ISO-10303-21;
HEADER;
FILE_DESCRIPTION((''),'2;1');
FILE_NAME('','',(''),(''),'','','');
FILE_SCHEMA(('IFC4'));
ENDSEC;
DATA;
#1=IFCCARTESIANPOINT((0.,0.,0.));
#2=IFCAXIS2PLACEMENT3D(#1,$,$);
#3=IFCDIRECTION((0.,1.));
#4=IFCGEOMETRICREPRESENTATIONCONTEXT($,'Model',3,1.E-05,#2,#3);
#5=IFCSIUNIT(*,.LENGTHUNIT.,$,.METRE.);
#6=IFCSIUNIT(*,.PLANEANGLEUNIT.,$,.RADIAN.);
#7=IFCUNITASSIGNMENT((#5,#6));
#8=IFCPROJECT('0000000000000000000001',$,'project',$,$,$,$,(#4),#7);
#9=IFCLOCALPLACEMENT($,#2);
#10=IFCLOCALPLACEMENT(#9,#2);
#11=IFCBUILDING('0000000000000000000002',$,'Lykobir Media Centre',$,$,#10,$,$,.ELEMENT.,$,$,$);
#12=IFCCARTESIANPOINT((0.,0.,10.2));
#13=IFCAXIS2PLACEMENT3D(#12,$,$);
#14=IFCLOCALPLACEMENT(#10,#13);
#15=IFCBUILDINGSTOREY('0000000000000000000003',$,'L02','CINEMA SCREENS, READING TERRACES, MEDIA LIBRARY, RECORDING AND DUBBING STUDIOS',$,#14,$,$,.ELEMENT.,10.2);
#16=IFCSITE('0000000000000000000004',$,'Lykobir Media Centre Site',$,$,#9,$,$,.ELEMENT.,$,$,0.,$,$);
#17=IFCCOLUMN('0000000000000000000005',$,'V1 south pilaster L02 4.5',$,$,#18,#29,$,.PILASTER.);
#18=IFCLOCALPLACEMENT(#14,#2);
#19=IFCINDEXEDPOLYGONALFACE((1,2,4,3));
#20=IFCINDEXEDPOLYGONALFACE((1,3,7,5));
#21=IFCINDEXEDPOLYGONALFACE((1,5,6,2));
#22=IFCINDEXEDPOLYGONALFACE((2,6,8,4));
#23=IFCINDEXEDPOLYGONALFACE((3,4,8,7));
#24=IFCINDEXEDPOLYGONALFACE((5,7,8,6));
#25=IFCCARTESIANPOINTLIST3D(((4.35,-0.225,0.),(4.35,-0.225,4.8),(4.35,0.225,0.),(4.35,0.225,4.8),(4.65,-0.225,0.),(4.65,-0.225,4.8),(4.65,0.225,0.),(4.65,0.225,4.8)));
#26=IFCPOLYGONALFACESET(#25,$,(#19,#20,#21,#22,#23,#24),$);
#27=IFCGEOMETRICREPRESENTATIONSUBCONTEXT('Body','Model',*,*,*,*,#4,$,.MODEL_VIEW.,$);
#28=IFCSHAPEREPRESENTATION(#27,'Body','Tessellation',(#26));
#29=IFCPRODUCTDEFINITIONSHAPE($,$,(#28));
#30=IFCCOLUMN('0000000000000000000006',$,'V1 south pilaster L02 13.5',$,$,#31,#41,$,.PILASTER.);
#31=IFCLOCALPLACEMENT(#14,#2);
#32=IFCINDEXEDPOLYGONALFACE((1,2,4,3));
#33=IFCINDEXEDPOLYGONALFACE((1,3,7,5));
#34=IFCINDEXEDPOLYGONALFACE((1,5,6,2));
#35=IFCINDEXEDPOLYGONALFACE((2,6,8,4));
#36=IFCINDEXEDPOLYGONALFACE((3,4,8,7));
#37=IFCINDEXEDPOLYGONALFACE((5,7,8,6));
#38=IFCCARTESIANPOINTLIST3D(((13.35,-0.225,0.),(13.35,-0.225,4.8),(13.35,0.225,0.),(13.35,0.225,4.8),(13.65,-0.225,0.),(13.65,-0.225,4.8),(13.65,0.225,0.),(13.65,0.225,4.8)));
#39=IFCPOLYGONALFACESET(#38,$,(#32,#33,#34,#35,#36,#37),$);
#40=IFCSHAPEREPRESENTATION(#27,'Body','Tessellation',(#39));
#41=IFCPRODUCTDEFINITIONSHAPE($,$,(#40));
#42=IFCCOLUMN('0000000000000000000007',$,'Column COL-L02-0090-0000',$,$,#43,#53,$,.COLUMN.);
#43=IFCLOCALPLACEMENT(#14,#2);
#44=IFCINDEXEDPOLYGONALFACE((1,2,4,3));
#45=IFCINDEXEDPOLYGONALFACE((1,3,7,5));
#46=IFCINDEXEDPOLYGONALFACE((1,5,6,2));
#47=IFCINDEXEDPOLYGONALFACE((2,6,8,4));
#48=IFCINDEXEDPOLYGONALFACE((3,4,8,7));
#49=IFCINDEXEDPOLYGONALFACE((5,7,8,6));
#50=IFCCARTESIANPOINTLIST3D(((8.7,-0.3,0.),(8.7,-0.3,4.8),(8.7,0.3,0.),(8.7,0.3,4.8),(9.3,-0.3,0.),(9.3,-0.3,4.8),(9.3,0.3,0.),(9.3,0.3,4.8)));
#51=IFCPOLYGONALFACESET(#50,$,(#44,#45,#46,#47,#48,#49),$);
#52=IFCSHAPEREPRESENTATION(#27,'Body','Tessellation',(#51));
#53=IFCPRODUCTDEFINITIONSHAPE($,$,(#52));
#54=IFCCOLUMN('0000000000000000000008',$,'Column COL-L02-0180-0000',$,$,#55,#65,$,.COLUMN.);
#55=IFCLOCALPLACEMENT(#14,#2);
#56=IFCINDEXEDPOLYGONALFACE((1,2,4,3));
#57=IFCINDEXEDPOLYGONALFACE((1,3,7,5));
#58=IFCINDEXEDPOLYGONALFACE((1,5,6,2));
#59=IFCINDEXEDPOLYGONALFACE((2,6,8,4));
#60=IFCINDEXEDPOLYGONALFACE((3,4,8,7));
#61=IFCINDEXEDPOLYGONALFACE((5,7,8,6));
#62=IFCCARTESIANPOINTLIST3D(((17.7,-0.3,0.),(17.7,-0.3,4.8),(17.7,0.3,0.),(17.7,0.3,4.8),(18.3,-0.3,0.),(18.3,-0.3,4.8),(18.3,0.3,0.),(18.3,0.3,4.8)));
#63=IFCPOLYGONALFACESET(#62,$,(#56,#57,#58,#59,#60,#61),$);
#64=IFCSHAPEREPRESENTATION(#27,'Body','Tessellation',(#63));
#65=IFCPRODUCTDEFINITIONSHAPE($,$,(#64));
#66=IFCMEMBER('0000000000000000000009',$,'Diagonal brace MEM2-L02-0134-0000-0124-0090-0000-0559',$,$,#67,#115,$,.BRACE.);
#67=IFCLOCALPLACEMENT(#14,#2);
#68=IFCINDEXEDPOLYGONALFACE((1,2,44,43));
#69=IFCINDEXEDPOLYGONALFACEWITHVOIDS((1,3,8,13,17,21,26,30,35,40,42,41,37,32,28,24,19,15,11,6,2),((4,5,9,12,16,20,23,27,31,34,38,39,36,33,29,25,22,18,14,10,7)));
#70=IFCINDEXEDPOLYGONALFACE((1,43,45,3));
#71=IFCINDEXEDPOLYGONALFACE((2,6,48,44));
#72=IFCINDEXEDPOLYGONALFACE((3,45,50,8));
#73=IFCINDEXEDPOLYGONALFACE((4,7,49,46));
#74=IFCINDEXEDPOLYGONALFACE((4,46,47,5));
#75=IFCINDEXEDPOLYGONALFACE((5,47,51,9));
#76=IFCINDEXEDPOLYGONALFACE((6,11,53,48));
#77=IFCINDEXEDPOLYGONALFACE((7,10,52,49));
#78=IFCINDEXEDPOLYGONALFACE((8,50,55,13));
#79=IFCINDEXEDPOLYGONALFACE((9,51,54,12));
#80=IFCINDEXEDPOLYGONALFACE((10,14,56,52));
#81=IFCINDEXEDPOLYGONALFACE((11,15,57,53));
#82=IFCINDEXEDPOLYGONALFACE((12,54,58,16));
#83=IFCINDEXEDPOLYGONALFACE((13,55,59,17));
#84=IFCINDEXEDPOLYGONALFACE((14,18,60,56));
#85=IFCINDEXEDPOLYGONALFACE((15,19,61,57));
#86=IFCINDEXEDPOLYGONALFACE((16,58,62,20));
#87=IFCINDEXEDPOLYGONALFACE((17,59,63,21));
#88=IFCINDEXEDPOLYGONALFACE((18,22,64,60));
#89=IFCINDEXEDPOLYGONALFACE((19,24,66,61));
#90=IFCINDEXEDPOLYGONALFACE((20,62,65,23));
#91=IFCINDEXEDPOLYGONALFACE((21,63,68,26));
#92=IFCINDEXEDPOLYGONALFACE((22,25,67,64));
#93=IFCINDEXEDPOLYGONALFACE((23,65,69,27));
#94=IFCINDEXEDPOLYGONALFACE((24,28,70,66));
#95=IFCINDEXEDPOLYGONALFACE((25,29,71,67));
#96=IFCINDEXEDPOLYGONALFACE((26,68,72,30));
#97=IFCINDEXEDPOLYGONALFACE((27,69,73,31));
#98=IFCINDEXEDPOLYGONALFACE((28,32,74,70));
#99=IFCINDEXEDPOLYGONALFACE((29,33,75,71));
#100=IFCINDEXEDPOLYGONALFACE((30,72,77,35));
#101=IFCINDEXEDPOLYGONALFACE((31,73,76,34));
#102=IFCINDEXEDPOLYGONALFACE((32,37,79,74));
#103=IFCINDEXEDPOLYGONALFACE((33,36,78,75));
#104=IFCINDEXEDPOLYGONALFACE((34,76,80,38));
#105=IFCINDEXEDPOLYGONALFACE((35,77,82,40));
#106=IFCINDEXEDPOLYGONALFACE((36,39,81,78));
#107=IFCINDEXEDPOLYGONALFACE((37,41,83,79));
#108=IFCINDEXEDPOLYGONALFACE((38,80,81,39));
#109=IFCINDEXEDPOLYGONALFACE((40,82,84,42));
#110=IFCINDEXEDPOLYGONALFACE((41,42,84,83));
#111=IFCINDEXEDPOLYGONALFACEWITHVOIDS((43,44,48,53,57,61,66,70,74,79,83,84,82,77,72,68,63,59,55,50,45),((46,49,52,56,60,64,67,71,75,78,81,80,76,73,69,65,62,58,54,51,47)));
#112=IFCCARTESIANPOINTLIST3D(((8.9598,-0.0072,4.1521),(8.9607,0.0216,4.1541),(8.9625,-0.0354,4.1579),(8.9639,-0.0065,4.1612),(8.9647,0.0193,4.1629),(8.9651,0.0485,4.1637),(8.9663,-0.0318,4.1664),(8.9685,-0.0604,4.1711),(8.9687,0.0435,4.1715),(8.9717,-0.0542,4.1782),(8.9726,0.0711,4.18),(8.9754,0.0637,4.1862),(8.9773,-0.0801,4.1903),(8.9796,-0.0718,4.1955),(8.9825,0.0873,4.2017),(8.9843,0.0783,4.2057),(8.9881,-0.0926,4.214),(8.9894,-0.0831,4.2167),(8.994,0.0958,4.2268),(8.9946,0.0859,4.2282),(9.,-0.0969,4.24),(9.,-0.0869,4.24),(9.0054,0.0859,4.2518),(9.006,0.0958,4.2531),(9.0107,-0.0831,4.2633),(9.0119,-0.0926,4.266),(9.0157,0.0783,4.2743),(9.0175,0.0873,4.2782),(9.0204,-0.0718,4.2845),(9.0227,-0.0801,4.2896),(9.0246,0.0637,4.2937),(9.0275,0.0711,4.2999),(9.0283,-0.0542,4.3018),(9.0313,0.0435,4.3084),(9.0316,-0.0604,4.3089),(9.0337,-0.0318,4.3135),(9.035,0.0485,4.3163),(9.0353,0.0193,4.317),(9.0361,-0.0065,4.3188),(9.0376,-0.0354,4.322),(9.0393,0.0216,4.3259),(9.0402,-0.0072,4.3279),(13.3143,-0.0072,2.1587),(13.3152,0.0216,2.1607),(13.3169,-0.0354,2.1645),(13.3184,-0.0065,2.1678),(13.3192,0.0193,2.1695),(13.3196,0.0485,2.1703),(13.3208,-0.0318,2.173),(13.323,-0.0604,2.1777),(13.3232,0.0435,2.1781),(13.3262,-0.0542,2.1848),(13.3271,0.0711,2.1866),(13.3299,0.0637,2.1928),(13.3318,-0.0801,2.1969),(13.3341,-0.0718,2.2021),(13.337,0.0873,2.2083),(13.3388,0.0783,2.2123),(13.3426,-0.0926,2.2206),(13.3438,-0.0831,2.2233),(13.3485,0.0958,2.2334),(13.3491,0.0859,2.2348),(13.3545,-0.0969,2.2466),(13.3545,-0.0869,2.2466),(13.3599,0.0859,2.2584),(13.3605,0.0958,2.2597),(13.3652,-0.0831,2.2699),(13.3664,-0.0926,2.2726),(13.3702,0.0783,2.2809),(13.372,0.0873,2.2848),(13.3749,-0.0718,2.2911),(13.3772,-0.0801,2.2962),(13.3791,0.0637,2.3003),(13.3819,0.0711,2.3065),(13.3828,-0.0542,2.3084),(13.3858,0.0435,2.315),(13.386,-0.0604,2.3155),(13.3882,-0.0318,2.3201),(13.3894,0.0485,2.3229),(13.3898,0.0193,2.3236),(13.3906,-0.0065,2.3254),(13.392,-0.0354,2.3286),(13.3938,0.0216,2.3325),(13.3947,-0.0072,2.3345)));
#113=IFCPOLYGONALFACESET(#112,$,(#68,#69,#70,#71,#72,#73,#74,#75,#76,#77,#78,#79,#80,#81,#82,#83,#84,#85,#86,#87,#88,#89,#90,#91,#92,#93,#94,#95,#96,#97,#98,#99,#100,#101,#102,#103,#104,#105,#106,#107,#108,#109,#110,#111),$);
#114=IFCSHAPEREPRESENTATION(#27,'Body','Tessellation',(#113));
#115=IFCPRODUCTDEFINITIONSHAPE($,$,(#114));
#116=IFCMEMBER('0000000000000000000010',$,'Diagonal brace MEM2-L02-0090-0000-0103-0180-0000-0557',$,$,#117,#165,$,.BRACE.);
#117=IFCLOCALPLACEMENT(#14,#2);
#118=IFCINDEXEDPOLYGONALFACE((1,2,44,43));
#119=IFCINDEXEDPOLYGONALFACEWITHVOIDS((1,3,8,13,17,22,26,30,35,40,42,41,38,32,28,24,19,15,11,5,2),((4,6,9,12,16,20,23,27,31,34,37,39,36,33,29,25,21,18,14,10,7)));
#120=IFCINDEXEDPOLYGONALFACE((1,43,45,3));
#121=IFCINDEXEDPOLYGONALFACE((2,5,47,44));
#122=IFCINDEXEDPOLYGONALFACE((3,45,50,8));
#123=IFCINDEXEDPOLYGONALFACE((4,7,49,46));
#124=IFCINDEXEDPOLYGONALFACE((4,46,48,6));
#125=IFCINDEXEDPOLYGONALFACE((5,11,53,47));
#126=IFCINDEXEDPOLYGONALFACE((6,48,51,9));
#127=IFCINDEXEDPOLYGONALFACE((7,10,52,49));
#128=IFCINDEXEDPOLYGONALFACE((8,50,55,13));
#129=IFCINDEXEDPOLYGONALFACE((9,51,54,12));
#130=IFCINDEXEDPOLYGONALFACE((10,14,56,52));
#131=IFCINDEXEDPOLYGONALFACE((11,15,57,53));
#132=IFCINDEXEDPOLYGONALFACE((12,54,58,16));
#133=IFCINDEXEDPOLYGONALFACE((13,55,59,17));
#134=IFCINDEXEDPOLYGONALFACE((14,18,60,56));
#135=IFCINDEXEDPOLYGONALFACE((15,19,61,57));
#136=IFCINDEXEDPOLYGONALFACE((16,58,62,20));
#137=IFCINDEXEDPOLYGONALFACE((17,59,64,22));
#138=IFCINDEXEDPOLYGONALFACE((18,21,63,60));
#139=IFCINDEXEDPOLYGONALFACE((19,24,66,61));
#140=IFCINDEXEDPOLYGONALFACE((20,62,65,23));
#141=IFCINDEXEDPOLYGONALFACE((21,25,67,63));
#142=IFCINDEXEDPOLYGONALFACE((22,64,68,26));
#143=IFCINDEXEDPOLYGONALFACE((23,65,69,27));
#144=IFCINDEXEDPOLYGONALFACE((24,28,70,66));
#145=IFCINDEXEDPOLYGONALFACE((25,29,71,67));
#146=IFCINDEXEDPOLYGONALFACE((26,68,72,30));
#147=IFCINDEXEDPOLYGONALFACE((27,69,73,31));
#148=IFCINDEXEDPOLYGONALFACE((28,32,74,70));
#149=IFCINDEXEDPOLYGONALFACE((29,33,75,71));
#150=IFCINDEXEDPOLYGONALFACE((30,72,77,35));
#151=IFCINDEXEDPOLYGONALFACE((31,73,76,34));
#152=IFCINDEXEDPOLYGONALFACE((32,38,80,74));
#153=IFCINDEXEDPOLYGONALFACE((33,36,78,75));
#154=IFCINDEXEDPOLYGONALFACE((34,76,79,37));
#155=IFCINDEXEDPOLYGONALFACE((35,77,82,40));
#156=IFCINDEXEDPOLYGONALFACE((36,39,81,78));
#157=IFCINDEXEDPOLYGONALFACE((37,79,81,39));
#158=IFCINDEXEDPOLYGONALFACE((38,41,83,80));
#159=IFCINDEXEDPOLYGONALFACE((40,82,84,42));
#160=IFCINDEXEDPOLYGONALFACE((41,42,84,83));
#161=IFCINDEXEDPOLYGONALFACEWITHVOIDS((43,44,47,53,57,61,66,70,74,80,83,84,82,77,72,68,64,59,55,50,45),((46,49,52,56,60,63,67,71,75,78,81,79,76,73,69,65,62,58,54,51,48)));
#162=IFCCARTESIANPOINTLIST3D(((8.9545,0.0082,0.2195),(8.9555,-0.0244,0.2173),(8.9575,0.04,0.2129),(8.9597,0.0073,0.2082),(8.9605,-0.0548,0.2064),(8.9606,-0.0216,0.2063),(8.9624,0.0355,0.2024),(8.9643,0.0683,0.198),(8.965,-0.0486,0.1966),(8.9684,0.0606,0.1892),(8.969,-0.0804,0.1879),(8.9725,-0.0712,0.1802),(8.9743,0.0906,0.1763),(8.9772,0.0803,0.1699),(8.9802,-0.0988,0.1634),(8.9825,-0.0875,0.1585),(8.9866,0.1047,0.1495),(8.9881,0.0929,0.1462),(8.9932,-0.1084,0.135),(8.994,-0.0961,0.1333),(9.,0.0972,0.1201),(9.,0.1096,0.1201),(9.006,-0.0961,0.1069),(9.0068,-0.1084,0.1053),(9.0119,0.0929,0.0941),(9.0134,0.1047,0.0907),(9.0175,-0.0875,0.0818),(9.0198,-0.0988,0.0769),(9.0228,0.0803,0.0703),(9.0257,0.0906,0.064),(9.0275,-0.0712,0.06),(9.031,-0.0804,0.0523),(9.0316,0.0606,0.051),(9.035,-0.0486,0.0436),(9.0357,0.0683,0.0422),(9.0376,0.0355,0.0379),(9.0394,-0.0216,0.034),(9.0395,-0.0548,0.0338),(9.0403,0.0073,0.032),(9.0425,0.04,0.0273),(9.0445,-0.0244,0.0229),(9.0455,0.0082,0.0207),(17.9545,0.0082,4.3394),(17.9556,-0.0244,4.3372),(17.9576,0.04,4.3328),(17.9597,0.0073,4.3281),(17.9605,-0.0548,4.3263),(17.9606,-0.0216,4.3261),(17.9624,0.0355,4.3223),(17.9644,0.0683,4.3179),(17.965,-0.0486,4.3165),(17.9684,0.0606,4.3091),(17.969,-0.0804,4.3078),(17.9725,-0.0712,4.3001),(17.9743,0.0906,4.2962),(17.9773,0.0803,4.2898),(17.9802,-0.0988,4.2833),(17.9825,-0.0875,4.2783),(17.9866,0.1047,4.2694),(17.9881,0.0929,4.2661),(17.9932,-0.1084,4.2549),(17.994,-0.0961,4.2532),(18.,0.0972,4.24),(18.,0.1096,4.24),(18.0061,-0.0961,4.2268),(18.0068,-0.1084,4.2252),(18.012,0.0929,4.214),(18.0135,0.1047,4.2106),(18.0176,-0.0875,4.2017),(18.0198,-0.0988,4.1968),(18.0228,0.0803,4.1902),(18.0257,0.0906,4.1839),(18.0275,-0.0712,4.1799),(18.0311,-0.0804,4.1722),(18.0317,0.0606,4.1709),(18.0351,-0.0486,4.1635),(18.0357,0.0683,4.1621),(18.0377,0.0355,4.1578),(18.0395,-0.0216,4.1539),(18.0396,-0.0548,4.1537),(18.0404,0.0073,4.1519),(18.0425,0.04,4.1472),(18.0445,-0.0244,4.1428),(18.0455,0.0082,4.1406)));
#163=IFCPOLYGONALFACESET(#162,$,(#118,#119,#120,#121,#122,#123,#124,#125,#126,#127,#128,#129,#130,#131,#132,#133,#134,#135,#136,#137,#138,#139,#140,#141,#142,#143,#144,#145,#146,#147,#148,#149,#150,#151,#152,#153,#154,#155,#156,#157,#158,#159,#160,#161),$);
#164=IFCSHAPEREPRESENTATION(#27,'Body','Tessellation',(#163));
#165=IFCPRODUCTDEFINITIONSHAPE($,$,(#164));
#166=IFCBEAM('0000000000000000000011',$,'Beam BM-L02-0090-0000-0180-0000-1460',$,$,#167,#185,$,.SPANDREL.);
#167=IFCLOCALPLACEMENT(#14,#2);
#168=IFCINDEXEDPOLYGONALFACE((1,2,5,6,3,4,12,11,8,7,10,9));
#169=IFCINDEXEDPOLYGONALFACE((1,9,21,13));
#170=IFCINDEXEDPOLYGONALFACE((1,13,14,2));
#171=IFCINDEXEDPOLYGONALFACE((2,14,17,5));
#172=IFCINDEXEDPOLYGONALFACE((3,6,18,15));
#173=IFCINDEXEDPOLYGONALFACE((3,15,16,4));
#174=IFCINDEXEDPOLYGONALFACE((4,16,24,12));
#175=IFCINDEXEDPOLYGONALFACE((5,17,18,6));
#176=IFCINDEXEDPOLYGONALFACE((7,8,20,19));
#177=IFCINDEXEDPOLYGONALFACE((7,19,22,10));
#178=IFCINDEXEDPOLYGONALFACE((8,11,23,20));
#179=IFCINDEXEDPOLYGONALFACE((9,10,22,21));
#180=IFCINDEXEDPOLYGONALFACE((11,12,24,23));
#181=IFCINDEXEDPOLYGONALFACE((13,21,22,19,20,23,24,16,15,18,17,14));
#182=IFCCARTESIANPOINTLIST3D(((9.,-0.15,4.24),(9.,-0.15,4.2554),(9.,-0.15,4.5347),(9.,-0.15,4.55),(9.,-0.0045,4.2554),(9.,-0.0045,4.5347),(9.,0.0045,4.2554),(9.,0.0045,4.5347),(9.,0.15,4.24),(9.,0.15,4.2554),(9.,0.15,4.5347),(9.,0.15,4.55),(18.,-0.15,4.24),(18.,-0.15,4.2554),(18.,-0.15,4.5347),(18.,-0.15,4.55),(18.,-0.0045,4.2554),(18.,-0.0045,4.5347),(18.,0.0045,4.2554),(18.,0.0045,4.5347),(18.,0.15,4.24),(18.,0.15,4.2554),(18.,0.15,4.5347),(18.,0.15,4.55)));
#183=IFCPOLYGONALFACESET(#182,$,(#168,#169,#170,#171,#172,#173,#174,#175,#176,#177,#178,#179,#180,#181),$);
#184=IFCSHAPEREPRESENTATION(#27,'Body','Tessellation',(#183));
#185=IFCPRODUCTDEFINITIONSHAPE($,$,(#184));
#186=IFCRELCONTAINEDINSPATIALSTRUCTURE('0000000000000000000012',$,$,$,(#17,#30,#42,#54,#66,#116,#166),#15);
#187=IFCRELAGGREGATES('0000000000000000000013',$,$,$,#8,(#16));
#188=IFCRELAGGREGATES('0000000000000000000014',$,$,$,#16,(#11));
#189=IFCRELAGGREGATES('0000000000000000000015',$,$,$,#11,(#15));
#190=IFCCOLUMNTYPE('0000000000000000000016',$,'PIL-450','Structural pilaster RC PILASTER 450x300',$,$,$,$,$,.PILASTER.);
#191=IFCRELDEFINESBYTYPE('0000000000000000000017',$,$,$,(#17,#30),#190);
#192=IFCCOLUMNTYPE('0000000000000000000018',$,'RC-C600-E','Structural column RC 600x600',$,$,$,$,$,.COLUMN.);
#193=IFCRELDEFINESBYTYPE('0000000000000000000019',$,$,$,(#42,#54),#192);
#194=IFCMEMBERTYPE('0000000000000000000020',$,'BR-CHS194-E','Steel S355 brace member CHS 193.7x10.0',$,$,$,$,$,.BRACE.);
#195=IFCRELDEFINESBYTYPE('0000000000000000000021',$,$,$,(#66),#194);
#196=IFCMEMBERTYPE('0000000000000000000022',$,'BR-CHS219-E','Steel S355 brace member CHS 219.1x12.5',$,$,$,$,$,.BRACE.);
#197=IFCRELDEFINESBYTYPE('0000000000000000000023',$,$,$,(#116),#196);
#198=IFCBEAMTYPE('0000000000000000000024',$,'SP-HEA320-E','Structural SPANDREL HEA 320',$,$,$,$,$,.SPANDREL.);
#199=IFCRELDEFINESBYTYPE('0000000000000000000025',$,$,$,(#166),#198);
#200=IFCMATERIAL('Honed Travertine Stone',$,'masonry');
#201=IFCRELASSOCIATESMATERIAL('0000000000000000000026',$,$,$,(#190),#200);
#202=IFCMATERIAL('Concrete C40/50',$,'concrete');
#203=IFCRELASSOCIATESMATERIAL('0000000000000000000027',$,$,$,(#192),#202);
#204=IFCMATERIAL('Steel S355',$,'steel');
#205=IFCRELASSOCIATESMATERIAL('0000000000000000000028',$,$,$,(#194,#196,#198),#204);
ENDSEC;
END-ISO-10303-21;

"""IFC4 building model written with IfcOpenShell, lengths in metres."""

from ifc_helpers import new_model, si_unit, direction, frame, origin, origin_2d, place, context, subcontext, project, spatial, rectangle, hollow_circle, i_section, extrude, material, material_profile, profile_set, type_object, element, save


model = new_model("IFC4")

# Units and contexts
model_context = context("Model", 3, precision=1e-05, world=origin(), true_north=direction((0.0, 1.0)))
body_context = subcontext(model_context, "Body", "Model", "MODEL_VIEW")
ifc_project = project(units=[si_unit("LENGTHUNIT", "METRE"), si_unit("PLANEANGLEUNIT", "RADIAN")], contexts=[model_context])

# Site, building, storey
site_placement = place(None, origin())
site = spatial("IfcSite", under=ifc_project, at=site_placement, Name="Lykobir Media Centre Site", CompositionType="ELEMENT", RefElevation=0.0)
building_placement = place(site_placement, origin())
building = spatial("IfcBuilding", under=site, at=building_placement, Name="Lykobir Media Centre", CompositionType="ELEMENT")
storey_placement = place(building_placement, frame((0.0, 0.0, 10.2)))
storey = spatial("IfcBuildingStorey", under=building, at=storey_placement, Name="L02", Description="CINEMA SCREENS, READING TERRACES, MEDIA LIBRARY, RECORDING AND DUBBING STUDIOS", CompositionType="ELEMENT", Elevation=10.2)

# Columns
ifc_material_1 = material(Name="Honed Travertine Stone", Category="masonry")
ifc_material_profile_1 = material_profile(ifc_material_1, rectangle(XDim=0.3, YDim=0.45, at=origin_2d()), Name="RC PILASTER 450x300")
ifc_profile_set_1 = profile_set([ifc_material_profile_1], Name="Honed Travertine Stone")
column_type_1 = type_object("IfcColumnType", Name="PIL-450", Description="Structural pilaster RC PILASTER 450x300", PredefinedType="PILASTER", material=ifc_profile_set_1)
for number, where, z_axis, x_axis, name in (
    (1, (4.5, 0.0, 0.0), (0.0, 0.0, 1.0), (1.0, 0.0, 0.0), "V1 south pilaster L02 4.5"),
    (2, (13.5, 0.0, 0.0), (0.0, 0.0, 1.0), (1.0, 0.0, 0.0), "V1 south pilaster L02 13.5"),
):
    element("IfcColumn", number, at=place(storey_placement, frame(where, z_axis=z_axis, x_axis=x_axis)), inside=storey, type_object=column_type_1, Name=name, PredefinedType="PILASTER", context=body_context, shape_type="SweptSolid", body=[
        extrude(rectangle(XDim=0.3, YDim=0.45, at=origin_2d()), origin(), (0.0, 0.0, 1.0), 4.8),
    ])
ifc_material_2 = material(Name="Concrete C40/50", Category="concrete")
ifc_material_profile_2 = material_profile(ifc_material_2, rectangle(XDim=0.6001, YDim=0.6001, at=origin_2d()), Name="RC 600x600")
ifc_profile_set_2 = profile_set([ifc_material_profile_2], Name="Concrete C40/50")
column_type_2 = type_object("IfcColumnType", Name="RC-C600-E", Description="Structural column RC 600x600", PredefinedType="COLUMN", material=ifc_profile_set_2)
for number, where, z_axis, x_axis, name in (
    (3, (9.0, 0.0, 0.0), (0.0, 0.0, 1.0), (1.0, 0.0, 0.0), "Column COL-L02-0090-0000"),
    (4, (18.0, 0.0, 0.0), (0.0, 0.0, 1.0), (1.0, 0.0, 0.0), "Column COL-L02-0180-0000"),
):
    element("IfcColumn", number, at=place(storey_placement, frame(where, z_axis=z_axis, x_axis=x_axis)), inside=storey, type_object=column_type_2, Name=name, PredefinedType="COLUMN", context=body_context, shape_type="SweptSolid", body=[
        extrude(rectangle(XDim=0.6001, YDim=0.6001, at=origin_2d()), origin(), (0.0, 0.0, 1.0), 4.8),
    ])

# Members
ifc_material_3 = material(Name="Steel S355", Category="steel")
ifc_material_profile_3 = material_profile(ifc_material_3, hollow_circle(Radius=0.0969, WallThickness=0.01, at=origin_2d()), Name="CHS 193.7x10.0")
ifc_profile_set_3 = profile_set([ifc_material_profile_3], Name="Steel S355")
member_type_1 = type_object("IfcMemberType", Name="BR-CHS194-E", Description="Steel S355 brace member CHS 193.7x10.0", PredefinedType="BRACE", material=ifc_profile_set_3)
member_1_placement = place(storey_placement, frame((13.3545, 0.0, 2.2466), z_axis=(-0.909255, 0.0, 0.41624), x_axis=(0.0, -1.0, 0.0)))
element("IfcMember", 5, at=member_1_placement, inside=storey, type_object=member_type_1, Name="Diagonal brace MEM2-L02-0134-0000-0124-0090-0000-0559", PredefinedType="BRACE", context=body_context, shape_type="SweptSolid", body=[
    extrude(hollow_circle(Radius=0.0969, WallThickness=0.01, at=origin_2d()), origin(), (0.0, 0.0, 1.0), 4.7891),
])
ifc_material_profile_4 = material_profile(ifc_material_3, hollow_circle(Radius=0.1096, WallThickness=0.0125, at=origin_2d()), Name="CHS 219.1x12.5")
ifc_profile_set_4 = profile_set([ifc_material_profile_4], Name="Steel S355")
member_type_2 = type_object("IfcMemberType", Name="BR-CHS219-E", Description="Steel S355 brace member CHS 219.1x12.5", PredefinedType="BRACE", material=ifc_profile_set_4)
member_2_placement = place(storey_placement, frame((9.0, 0.0, 0.1201), z_axis=(0.909261, 0.0, 0.416227), x_axis=(0.0, 1.0, 0.0)))
element("IfcMember", 6, at=member_2_placement, inside=storey, type_object=member_type_2, Name="Diagonal brace MEM2-L02-0090-0000-0103-0180-0000-0557", PredefinedType="BRACE", context=body_context, shape_type="SweptSolid", body=[
    extrude(hollow_circle(Radius=0.1096, WallThickness=0.0125, at=origin_2d()), origin(), (0.0, 0.0, 1.0), 9.8982),
])

# Beam
ifc_material_profile_5 = material_profile(ifc_material_3, i_section(OverallWidth=0.3, OverallDepth=0.3101, WebThickness=0.009, FlangeThickness=0.0154, at=origin_2d()), Name="HEA 320")
ifc_profile_set_5 = profile_set([ifc_material_profile_5], Name="Steel S355")
beam_type = type_object("IfcBeamType", Name="SP-HEA320-E", Description="Structural SPANDREL HEA 320", PredefinedType="SPANDREL", material=ifc_profile_set_5)
beam_placement = place(storey_placement, frame((9.0, 0.0, 4.395), z_axis=(1.0, 0.0, 0.0), x_axis=(0.0, 1.0, 0.0)))
element("IfcBeam", 7, at=beam_placement, inside=storey, type_object=beam_type, Name="Beam BM-L02-0090-0000-0180-0000-1460", PredefinedType="SPANDREL", context=body_context, shape_type="SweptSolid", body=[
    extrude(i_section(OverallWidth=0.3, OverallDepth=0.3101, WebThickness=0.009, FlangeThickness=0.0154, at=origin_2d()), origin(), (0.0, 0.0, 1.0), 9.0),
])

save(model, "model.ifc")
